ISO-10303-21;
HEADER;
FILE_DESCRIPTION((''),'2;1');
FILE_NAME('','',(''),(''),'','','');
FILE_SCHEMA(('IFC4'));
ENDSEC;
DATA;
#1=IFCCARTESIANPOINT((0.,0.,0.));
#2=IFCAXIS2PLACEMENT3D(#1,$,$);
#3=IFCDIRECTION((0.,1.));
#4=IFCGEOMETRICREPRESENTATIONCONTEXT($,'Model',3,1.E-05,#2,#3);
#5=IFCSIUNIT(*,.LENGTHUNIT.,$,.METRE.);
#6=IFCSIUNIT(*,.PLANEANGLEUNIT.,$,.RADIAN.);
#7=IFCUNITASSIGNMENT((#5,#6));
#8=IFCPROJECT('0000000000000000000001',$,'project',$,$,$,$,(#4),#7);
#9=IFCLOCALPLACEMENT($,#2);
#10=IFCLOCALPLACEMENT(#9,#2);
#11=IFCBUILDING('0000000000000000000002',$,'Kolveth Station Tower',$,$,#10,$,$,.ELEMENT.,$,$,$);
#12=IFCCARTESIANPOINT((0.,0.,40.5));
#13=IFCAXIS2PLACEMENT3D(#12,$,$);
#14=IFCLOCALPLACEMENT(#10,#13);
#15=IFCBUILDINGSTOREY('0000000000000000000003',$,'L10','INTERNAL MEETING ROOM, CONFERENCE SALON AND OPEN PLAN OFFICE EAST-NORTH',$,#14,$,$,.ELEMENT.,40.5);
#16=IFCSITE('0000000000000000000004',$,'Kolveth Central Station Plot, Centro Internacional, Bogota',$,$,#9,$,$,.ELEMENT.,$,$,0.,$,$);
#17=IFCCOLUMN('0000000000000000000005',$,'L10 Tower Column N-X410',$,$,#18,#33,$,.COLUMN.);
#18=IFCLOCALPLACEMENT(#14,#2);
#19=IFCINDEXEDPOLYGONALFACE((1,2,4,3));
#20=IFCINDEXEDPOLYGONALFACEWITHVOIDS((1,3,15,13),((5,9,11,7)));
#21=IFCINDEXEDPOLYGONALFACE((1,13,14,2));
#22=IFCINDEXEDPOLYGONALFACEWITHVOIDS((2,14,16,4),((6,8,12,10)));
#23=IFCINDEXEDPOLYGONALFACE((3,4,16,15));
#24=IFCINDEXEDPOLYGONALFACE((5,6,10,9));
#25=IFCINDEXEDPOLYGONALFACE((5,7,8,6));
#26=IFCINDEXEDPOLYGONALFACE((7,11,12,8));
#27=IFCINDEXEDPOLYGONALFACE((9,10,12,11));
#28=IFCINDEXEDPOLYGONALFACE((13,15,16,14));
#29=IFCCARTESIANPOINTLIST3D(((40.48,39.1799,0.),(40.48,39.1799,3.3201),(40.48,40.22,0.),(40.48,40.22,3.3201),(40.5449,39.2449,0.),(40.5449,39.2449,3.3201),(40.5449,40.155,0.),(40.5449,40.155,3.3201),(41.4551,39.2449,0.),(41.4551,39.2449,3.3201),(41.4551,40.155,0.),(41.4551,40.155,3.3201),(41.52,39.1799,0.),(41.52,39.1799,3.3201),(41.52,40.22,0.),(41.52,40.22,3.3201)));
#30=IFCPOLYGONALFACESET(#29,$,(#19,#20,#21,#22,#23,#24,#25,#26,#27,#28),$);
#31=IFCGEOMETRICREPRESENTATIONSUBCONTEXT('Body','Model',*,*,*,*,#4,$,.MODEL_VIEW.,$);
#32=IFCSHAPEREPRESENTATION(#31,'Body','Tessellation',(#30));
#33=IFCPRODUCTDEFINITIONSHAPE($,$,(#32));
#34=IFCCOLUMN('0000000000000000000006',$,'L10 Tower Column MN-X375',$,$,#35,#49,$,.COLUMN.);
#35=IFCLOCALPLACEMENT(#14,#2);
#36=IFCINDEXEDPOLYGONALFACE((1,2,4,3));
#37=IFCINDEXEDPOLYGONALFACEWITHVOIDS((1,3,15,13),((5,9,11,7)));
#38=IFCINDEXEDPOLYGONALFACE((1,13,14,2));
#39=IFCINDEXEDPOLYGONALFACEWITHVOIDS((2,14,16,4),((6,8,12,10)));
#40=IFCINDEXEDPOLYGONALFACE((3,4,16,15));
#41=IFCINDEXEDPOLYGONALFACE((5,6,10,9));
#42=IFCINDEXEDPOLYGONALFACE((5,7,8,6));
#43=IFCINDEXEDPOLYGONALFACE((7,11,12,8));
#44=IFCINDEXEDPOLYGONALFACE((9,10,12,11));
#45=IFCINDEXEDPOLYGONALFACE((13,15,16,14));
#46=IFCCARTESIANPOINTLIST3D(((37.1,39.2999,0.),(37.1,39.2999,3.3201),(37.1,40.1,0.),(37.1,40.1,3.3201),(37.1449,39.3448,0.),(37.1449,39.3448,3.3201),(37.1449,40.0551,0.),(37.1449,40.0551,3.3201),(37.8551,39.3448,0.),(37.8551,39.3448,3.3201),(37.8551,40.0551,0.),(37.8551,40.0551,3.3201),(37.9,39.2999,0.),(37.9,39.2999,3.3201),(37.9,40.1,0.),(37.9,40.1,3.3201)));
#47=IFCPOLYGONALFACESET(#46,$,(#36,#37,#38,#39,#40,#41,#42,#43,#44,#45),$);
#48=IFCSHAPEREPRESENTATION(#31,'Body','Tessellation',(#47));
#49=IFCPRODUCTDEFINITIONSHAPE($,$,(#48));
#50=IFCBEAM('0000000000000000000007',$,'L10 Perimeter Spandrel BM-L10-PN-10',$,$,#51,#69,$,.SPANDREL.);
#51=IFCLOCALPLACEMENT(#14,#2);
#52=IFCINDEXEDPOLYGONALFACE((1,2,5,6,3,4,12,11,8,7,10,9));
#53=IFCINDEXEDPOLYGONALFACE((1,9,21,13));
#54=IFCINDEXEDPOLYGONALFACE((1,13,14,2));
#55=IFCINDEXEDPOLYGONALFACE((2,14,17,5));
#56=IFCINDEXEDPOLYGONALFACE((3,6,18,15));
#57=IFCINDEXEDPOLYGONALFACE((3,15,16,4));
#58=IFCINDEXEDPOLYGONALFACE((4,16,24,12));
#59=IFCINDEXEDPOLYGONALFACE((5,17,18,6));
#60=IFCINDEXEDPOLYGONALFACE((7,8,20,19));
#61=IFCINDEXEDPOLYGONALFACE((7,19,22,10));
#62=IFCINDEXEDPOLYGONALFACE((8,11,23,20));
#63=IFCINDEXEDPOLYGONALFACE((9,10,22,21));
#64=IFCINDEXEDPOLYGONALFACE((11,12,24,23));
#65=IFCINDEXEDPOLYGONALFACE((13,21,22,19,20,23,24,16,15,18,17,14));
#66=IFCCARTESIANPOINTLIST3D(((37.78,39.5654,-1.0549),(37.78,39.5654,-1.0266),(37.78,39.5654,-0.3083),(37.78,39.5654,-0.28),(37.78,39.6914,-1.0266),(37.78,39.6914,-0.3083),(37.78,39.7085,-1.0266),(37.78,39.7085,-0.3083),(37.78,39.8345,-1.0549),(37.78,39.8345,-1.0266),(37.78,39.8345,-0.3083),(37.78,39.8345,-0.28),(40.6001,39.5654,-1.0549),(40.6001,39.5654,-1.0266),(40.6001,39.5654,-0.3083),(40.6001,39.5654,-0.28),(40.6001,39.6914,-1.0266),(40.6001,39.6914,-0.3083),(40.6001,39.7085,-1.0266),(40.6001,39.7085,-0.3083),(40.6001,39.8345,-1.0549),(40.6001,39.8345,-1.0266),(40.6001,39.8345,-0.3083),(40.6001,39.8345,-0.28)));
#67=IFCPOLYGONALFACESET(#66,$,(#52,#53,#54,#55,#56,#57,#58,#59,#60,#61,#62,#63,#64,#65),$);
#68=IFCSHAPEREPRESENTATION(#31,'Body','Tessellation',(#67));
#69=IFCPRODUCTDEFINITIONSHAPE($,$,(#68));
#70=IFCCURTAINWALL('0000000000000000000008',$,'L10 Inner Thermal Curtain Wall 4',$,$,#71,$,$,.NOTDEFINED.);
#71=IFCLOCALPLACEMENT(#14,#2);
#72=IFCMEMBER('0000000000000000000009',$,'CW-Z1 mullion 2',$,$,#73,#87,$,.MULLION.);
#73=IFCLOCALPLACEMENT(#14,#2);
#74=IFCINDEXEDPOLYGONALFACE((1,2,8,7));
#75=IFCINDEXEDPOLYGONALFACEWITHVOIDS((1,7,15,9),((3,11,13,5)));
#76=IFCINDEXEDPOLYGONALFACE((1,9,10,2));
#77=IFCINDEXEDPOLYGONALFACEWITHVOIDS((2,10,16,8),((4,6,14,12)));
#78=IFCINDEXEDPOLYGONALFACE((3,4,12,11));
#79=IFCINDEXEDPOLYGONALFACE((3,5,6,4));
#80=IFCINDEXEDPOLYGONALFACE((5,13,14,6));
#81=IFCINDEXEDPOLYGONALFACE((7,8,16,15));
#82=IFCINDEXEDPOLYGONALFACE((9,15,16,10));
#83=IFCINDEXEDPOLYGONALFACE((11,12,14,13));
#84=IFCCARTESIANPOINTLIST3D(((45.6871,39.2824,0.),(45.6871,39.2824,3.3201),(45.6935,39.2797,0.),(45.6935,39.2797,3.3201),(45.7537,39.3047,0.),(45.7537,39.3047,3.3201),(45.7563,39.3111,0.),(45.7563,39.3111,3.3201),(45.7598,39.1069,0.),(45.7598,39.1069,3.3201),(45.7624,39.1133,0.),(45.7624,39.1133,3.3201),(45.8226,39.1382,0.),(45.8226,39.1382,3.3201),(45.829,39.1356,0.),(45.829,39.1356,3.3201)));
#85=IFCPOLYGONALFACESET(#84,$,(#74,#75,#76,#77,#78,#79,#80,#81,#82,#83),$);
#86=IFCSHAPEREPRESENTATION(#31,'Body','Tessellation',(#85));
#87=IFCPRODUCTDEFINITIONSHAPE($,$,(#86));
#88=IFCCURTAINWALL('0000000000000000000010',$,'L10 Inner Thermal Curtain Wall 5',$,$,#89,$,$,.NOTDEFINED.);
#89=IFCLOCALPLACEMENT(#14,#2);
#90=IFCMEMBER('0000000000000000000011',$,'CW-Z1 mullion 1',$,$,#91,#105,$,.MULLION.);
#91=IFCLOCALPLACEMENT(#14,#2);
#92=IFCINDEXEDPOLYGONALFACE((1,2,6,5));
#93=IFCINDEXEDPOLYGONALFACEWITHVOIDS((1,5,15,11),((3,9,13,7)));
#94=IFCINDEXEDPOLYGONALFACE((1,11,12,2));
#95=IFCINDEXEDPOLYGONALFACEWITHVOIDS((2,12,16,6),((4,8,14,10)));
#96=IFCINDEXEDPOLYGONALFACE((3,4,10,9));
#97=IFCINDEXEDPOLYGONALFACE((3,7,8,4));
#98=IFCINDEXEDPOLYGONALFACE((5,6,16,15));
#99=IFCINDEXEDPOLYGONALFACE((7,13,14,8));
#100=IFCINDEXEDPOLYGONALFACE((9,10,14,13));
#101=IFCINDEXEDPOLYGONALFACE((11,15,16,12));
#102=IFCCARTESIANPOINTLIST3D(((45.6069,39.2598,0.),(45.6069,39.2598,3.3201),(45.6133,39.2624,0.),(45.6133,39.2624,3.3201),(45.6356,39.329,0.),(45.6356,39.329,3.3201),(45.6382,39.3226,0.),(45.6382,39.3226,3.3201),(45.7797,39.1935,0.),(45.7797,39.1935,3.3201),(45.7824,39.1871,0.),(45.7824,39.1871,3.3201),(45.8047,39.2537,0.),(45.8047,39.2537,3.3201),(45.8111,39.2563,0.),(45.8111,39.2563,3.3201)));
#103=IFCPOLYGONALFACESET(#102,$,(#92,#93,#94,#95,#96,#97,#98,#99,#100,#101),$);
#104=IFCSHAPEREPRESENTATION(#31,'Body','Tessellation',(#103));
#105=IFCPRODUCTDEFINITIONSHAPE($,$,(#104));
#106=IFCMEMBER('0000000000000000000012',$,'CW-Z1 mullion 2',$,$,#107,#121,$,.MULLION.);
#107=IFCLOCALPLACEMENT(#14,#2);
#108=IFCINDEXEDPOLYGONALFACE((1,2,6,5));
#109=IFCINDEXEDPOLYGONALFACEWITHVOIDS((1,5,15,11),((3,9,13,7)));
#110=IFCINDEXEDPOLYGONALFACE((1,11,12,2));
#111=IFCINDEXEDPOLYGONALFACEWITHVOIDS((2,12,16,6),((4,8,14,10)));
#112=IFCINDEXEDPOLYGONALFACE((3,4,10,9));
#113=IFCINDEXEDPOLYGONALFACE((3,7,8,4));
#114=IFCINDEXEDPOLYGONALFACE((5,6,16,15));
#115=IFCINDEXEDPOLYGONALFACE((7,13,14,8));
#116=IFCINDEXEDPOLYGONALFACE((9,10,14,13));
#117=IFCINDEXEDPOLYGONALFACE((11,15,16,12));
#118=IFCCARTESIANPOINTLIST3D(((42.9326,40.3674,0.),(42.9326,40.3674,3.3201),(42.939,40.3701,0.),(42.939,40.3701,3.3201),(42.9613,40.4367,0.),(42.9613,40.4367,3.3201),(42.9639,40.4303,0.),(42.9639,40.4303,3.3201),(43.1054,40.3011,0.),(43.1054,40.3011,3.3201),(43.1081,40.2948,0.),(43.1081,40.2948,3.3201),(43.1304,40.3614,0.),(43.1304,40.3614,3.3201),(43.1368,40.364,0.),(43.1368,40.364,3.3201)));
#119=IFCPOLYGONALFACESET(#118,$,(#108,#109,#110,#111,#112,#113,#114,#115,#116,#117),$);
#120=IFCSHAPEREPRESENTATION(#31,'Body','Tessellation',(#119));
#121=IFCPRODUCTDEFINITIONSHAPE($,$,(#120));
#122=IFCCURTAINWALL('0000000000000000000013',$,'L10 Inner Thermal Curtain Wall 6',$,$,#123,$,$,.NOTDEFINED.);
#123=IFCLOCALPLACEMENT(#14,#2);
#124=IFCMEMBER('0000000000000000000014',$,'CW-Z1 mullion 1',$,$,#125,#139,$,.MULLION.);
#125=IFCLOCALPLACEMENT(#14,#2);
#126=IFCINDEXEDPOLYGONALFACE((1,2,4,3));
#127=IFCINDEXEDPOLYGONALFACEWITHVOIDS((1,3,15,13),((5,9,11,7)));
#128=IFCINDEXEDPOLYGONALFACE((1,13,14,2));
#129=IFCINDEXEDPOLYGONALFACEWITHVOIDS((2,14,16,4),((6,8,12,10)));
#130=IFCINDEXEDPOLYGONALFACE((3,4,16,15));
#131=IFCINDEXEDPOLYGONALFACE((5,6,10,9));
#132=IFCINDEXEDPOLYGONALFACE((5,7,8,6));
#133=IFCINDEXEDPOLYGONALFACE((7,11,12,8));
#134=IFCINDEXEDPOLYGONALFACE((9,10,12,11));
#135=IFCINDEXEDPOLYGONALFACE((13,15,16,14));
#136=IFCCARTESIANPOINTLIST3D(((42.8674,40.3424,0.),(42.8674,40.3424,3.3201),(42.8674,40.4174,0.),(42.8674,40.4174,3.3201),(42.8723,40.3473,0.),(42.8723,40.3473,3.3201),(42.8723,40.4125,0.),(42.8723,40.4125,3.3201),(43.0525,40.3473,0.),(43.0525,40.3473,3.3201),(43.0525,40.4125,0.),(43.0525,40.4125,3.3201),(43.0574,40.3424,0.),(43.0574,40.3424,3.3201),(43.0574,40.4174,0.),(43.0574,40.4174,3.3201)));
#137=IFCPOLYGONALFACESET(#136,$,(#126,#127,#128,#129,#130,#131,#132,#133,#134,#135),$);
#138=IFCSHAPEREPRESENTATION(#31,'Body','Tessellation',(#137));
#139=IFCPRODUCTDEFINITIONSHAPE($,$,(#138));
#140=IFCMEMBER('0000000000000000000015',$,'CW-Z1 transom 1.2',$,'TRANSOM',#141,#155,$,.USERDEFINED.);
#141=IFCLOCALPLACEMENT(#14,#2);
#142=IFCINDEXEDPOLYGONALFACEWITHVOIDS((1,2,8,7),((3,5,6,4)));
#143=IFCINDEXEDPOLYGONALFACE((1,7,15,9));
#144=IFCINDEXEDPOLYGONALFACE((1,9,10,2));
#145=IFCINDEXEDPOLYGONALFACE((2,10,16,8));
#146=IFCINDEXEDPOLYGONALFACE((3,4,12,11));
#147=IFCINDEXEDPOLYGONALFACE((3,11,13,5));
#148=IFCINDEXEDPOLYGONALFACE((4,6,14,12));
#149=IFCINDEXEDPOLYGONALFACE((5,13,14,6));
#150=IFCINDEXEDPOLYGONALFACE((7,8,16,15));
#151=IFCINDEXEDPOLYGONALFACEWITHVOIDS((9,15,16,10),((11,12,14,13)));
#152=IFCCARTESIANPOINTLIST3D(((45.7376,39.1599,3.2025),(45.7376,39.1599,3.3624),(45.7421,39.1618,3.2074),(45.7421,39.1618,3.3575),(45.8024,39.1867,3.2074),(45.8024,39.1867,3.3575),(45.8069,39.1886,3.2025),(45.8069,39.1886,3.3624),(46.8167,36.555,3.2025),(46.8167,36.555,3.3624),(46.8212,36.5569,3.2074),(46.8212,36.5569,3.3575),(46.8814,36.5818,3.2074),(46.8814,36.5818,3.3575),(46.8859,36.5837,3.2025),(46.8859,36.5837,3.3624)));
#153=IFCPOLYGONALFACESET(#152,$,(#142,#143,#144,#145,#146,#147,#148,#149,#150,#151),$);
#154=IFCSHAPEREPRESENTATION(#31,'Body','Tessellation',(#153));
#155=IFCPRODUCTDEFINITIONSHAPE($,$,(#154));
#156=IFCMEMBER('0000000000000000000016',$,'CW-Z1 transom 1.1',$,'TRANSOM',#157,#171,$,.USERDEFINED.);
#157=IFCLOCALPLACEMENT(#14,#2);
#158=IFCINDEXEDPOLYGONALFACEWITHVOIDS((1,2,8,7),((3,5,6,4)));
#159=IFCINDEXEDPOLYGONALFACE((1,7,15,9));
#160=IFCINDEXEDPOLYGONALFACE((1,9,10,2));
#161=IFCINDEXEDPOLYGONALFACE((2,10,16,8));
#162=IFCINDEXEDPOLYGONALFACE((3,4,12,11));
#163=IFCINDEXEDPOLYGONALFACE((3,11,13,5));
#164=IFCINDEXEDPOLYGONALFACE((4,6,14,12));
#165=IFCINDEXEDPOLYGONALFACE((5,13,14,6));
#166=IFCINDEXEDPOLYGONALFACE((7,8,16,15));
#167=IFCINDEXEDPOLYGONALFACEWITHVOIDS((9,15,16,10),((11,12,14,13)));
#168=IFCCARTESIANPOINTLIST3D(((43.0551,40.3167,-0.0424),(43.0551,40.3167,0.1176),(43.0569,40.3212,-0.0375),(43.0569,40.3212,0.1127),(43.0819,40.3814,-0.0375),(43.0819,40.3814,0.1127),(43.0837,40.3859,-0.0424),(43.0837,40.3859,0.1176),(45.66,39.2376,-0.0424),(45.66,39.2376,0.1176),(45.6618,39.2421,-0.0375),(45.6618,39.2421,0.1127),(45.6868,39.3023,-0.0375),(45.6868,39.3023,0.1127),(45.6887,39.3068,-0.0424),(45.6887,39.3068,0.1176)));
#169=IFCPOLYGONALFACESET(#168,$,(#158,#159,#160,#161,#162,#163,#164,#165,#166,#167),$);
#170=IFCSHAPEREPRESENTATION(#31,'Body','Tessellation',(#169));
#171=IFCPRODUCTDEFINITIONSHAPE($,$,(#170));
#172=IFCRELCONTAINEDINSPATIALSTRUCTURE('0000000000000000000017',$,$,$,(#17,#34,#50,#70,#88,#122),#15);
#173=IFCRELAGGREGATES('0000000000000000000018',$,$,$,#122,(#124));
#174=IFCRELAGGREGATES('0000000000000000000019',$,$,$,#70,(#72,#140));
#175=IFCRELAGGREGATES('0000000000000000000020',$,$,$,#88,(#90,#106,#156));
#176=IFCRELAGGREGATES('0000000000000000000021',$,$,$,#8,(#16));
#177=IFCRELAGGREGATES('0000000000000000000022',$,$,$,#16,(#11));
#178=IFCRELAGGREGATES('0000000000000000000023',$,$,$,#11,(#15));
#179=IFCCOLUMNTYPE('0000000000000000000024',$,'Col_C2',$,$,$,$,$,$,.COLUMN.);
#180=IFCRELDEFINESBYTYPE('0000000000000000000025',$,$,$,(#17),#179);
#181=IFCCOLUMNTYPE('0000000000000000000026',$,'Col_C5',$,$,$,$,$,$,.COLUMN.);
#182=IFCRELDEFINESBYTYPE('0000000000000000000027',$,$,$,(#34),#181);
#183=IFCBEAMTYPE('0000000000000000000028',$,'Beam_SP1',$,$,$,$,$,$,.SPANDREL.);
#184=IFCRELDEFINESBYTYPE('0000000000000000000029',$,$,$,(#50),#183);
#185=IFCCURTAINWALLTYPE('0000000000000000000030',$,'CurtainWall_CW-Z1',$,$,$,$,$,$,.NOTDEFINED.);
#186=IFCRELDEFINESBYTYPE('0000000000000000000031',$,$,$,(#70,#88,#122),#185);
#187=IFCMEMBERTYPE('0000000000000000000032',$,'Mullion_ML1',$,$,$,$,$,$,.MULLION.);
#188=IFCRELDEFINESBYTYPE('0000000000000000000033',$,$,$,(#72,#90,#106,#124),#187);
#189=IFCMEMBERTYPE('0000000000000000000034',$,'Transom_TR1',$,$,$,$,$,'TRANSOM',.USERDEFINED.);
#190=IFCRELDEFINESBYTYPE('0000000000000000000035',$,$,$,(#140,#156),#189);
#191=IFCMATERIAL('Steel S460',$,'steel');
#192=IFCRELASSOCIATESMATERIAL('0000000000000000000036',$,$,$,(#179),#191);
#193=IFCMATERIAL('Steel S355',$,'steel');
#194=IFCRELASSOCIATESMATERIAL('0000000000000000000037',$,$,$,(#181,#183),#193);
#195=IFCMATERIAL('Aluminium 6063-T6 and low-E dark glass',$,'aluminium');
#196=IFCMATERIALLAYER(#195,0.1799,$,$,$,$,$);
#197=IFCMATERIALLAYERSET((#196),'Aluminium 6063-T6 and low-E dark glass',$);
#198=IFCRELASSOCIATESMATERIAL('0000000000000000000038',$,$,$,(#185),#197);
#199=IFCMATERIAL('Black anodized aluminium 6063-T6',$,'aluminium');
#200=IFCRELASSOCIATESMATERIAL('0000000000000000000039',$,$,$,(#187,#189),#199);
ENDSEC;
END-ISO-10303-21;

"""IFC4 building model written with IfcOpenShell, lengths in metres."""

from ifc_helpers import new_model, si_unit, direction, frame, origin, origin_2d, place, context, subcontext, project, spatial, hollow_rectangle, i_section, extrude, source, transform, mapped, material, layer, layer_set, material_profile, profile_set, type_object, element, aggregate, save


model = new_model("IFC4")

# Units and contexts
model_context = context("Model", 3, precision=1e-05, world=origin(), true_north=direction((0.0, 1.0)))
body_context = subcontext(model_context, "Body", "Model", "MODEL_VIEW")
ifc_project = project(units=[si_unit("LENGTHUNIT", "METRE"), si_unit("PLANEANGLEUNIT", "RADIAN")], contexts=[model_context])

# Site, building, storey
site_placement = place(None, origin())
site = spatial("IfcSite", under=ifc_project, at=site_placement, Name="Kolveth Central Station Plot, Centro Internacional, Bogota", CompositionType="ELEMENT", RefElevation=0.0)
building_placement = place(site_placement, origin())
building = spatial("IfcBuilding", under=site, at=building_placement, Name="Kolveth Station Tower", CompositionType="ELEMENT")
storey_placement = place(building_placement, frame((0.0, 0.0, 40.5)))
storey = spatial("IfcBuildingStorey", under=building, at=storey_placement, Name="L10", Description="INTERNAL MEETING ROOM, CONFERENCE SALON AND OPEN PLAN OFFICE EAST-NORTH", CompositionType="ELEMENT", Elevation=40.5)

# Columns
ifc_material_1 = material(Name="Steel S460", Category="steel")
ifc_material_profile_1 = material_profile(ifc_material_1, hollow_rectangle(XDim=1.04, YDim=1.04, WallThickness=0.0649, at=origin_2d()), Name="BOX1040x1040x65")
ifc_profile_set_1 = profile_set([ifc_material_profile_1], Name="Steel S460")
column_type_1 = type_object("IfcColumnType", Name="Col_C2", PredefinedType="COLUMN", material=ifc_profile_set_1)
shared_shape_1 = source(origin(), body_context, "Body", "SweptSolid", [
    extrude(hollow_rectangle(XDim=1.04, YDim=1.04, WallThickness=0.0649, at=origin_2d()), origin(), (0.0, 0.0, 1.0), 3.3201),
])
column_1_placement = place(storey_placement, frame((41.0, 39.7, 0.0), z_axis=(0.0, 0.0, 1.0), x_axis=(1.0, 0.0, 0.0)))
element("IfcColumn", 1, at=column_1_placement, inside=storey, type_object=column_type_1, Name="L10 Tower Column N-X410", PredefinedType="COLUMN", context=body_context, shape_type="MappedRepresentation", body=[
    mapped(shared_shape_1, transform((0.0, 0.0, 0.0), x_axis=(1.0, 0.0, 0.0), y_axis=(0.0, 1.0, 0.0), z_axis=(0.0, 0.0, 1.0), scale=1.0)),
])
ifc_material_2 = material(Name="Steel S355", Category="steel")
ifc_material_profile_2 = material_profile(ifc_material_2, hollow_rectangle(XDim=0.8, YDim=0.8, WallThickness=0.0449, at=origin_2d()), Name="BOX800x800x45")
ifc_profile_set_2 = profile_set([ifc_material_profile_2], Name="Steel S355")
column_type_2 = type_object("IfcColumnType", Name="Col_C5", PredefinedType="COLUMN", material=ifc_profile_set_2)
shared_shape_2 = source(origin(), body_context, "Body", "SweptSolid", [
    extrude(hollow_rectangle(XDim=0.8, YDim=0.8, WallThickness=0.0449, at=origin_2d()), origin(), (0.0, 0.0, 1.0), 3.3201),
])
column_2_placement = place(storey_placement, frame((37.5, 39.7, 0.0), z_axis=(0.0, 0.0, 1.0), x_axis=(1.0, 0.0, 0.0)))
element("IfcColumn", 2, at=column_2_placement, inside=storey, type_object=column_type_2, Name="L10 Tower Column MN-X375", PredefinedType="COLUMN", context=body_context, shape_type="MappedRepresentation", body=[
    mapped(shared_shape_2, transform((0.0, 0.0, 0.0), x_axis=(1.0, 0.0, 0.0), y_axis=(0.0, 1.0, 0.0), z_axis=(0.0, 0.0, 1.0), scale=1.0)),
])

# Beam
ifc_material_profile_3 = material_profile(ifc_material_2, i_section(OverallWidth=0.269, OverallDepth=0.7749, WebThickness=0.0171, FlangeThickness=0.0283, at=origin_2d()), Name="W760x220")
ifc_profile_set_3 = profile_set([ifc_material_profile_3], Name="Steel S355")
beam_type = type_object("IfcBeamType", Name="Beam_SP1", PredefinedType="SPANDREL", material=ifc_profile_set_3)
shared_shape_3 = source(origin(), body_context, "Body", "SweptSolid", [
    extrude(i_section(OverallWidth=0.269, OverallDepth=0.7749, WebThickness=0.0171, FlangeThickness=0.0283, at=origin_2d()), origin(), (0.0, 0.0, 1.0), 2.8201),
])
beam_placement = place(storey_placement, frame((37.78, 39.7, -0.6675), z_axis=(1.0, 0.0, 0.0), x_axis=(0.0, 1.0, 0.0)))
element("IfcBeam", 3, at=beam_placement, inside=storey, type_object=beam_type, Name="L10 Perimeter Spandrel BM-L10-PN-10", PredefinedType="SPANDREL", context=body_context, shape_type="MappedRepresentation", body=[
    mapped(shared_shape_3, transform((0.0, 0.0, 0.0), x_axis=(1.0, 0.0, 0.0), y_axis=(0.0, 1.0, 0.0), z_axis=(0.0, 0.0, 1.0), scale=1.0)),
])

# Curtain wall, member
ifc_material_3 = material(Name="Aluminium 6063-T6 and low-E dark glass", Category="aluminium")
ifc_layer_1 = layer(ifc_material_3, 0.1799)
ifc_layer_set_1 = layer_set([ifc_layer_1], Name="Aluminium 6063-T6 and low-E dark glass")
curtain_wall_type_1 = type_object("IfcCurtainWallType", Name="CurtainWall_CW-Z1", PredefinedType="NOTDEFINED", material=ifc_layer_set_1)
curtain_wall_1_placement = place(storey_placement, origin())
curtain_wall_1 = element("IfcCurtainWall", 4, at=curtain_wall_1_placement, inside=storey, type_object=curtain_wall_type_1, Name="L10 Inner Thermal Curtain Wall 4", PredefinedType="NOTDEFINED")
ifc_material_4 = material(Name="Black anodized aluminium 6063-T6", Category="aluminium")
ifc_material_profile_4 = material_profile(ifc_material_4, hollow_rectangle(XDim=0.075, YDim=0.1899, WallThickness=0.0049, at=origin_2d()), Name="ALU-75x190x5")
ifc_profile_set_4 = profile_set([ifc_material_profile_4], Name="Black anodized aluminium 6063-T6")
member_type_1 = type_object("IfcMemberType", Name="Mullion_ML1", PredefinedType="MULLION", material=ifc_profile_set_4)
shared_shape_4 = source(origin(), body_context, "Body", "SweptSolid", [
    extrude(hollow_rectangle(XDim=0.075, YDim=0.1899, WallThickness=0.0049, at=origin_2d()), origin(), (0.0, 0.0, 1.0), 3.3201),
])
member_1_placement = place(storey_placement, frame((45.7581, 39.209, 0.0), z_axis=(0.0, 0.0, 1.0), x_axis=(-0.923884, -0.382673, 0.0)))
member_1 = element("IfcMember", 5, at=member_1_placement, type_object=member_type_1, Name="CW-Z1 mullion 2", PredefinedType="MULLION", context=body_context, shape_type="MappedRepresentation", body=[
    mapped(shared_shape_4, transform((0.0, 0.0, 0.0), x_axis=(1.0, 0.0, 0.0), y_axis=(0.0, 1.0, 0.0), z_axis=(0.0, 0.0, 1.0), scale=1.0)),
])

# Curtain wall, members
curtain_wall_2_placement = place(storey_placement, origin())
curtain_wall_2 = element("IfcCurtainWall", 6, at=curtain_wall_2_placement, inside=storey, type_object=curtain_wall_type_1, Name="L10 Inner Thermal Curtain Wall 5", PredefinedType="NOTDEFINED")
member_2_placement = place(storey_placement, frame((45.709, 39.2581, 0.0), z_axis=(0.0, 0.0, 1.0), x_axis=(-0.382673, -0.923884, 0.0)))
member_2 = element("IfcMember", 7, at=member_2_placement, type_object=member_type_1, Name="CW-Z1 mullion 1", PredefinedType="MULLION", context=body_context, shape_type="MappedRepresentation", body=[
    mapped(shared_shape_4, transform((0.0, 0.0, 0.0), x_axis=(1.0, 0.0, 0.0), y_axis=(0.0, 1.0, 0.0), z_axis=(0.0, 0.0, 1.0), scale=1.0)),
])
member_3_placement = place(storey_placement, frame((43.0347, 40.3657, 0.0), z_axis=(0.0, 0.0, 1.0), x_axis=(-0.382673, -0.923884, 0.0)))
member_3 = element("IfcMember", 8, at=member_3_placement, type_object=member_type_1, Name="CW-Z1 mullion 2", PredefinedType="MULLION", context=body_context, shape_type="MappedRepresentation", body=[
    mapped(shared_shape_4, transform((0.0, 0.0, 0.0), x_axis=(1.0, 0.0, 0.0), y_axis=(0.0, 1.0, 0.0), z_axis=(0.0, 0.0, 1.0), scale=1.0)),
])

# Curtain wall, member
curtain_wall_3_placement = place(storey_placement, origin())
curtain_wall_3 = element("IfcCurtainWall", 9, at=curtain_wall_3_placement, inside=storey, type_object=curtain_wall_type_1, Name="L10 Inner Thermal Curtain Wall 6", PredefinedType="NOTDEFINED")
member_4_placement = place(storey_placement, frame((42.9624, 40.3799, 0.0), z_axis=(0.0, 0.0, 1.0), x_axis=(0.0, -1.0, 0.0)))
member_4 = element("IfcMember", 10, at=member_4_placement, type_object=member_type_1, Name="CW-Z1 mullion 1", PredefinedType="MULLION", context=body_context, shape_type="MappedRepresentation", body=[
    mapped(shared_shape_4, transform((0.0, 0.0, 0.0), x_axis=(1.0, 0.0, 0.0), y_axis=(0.0, 1.0, 0.0), z_axis=(0.0, 0.0, 1.0), scale=1.0)),
])

# Members
ifc_material_profile_5 = material_profile(ifc_material_4, hollow_rectangle(XDim=0.075, YDim=0.1599, WallThickness=0.0049, at=origin_2d()), Name="ALU-75x160x5")
ifc_profile_set_5 = profile_set([ifc_material_profile_5], Name="Black anodized aluminium 6063-T6")
member_type_2 = type_object("IfcMemberType", Name="Transom_TR1", ElementType="TRANSOM", PredefinedType="USERDEFINED", material=ifc_profile_set_5)
shared_shape_5 = source(origin(), body_context, "Body", "SweptSolid", [
    extrude(hollow_rectangle(XDim=0.075, YDim=0.1599, WallThickness=0.0049, at=origin_2d()), origin(), (0.0, 0.0, 1.0), 2.8196),
])
member_5_placement = place(storey_placement, frame((46.8513, 36.5693, 3.2825), z_axis=(-0.382709, 0.923869, 0.0), x_axis=(-0.923869, -0.382709, 0.0)))
member_5 = element("IfcMember", 11, at=member_5_placement, type_object=member_type_2, Name="CW-Z1 transom 1.2", ObjectType="TRANSOM", PredefinedType="USERDEFINED", context=body_context, shape_type="MappedRepresentation", body=[
    mapped(shared_shape_5, transform((0.0, 0.0, 0.0), x_axis=(1.0, 0.0, 0.0), y_axis=(0.0, 1.0, 0.0), z_axis=(0.0, 0.0, 1.0), scale=1.0)),
])
member_6_placement = place(storey_placement, frame((45.6743, 39.2722, 0.0376), z_axis=(-0.923869, 0.382709, 0.0), x_axis=(-0.382709, -0.923869, 0.0)))
member_6 = element("IfcMember", 12, at=member_6_placement, type_object=member_type_2, Name="CW-Z1 transom 1.1", ObjectType="TRANSOM", PredefinedType="USERDEFINED", context=body_context, shape_type="MappedRepresentation", body=[
    mapped(shared_shape_5, transform((0.0, 0.0, 0.0), x_axis=(1.0, 0.0, 0.0), y_axis=(0.0, 1.0, 0.0), z_axis=(0.0, 0.0, 1.0), scale=1.0)),
])
aggregate(curtain_wall_3, [member_4])

aggregate(curtain_wall_1, [member_1, member_5])
aggregate(curtain_wall_2, [member_2, member_3, member_6])

save(model, "model.ifc")
